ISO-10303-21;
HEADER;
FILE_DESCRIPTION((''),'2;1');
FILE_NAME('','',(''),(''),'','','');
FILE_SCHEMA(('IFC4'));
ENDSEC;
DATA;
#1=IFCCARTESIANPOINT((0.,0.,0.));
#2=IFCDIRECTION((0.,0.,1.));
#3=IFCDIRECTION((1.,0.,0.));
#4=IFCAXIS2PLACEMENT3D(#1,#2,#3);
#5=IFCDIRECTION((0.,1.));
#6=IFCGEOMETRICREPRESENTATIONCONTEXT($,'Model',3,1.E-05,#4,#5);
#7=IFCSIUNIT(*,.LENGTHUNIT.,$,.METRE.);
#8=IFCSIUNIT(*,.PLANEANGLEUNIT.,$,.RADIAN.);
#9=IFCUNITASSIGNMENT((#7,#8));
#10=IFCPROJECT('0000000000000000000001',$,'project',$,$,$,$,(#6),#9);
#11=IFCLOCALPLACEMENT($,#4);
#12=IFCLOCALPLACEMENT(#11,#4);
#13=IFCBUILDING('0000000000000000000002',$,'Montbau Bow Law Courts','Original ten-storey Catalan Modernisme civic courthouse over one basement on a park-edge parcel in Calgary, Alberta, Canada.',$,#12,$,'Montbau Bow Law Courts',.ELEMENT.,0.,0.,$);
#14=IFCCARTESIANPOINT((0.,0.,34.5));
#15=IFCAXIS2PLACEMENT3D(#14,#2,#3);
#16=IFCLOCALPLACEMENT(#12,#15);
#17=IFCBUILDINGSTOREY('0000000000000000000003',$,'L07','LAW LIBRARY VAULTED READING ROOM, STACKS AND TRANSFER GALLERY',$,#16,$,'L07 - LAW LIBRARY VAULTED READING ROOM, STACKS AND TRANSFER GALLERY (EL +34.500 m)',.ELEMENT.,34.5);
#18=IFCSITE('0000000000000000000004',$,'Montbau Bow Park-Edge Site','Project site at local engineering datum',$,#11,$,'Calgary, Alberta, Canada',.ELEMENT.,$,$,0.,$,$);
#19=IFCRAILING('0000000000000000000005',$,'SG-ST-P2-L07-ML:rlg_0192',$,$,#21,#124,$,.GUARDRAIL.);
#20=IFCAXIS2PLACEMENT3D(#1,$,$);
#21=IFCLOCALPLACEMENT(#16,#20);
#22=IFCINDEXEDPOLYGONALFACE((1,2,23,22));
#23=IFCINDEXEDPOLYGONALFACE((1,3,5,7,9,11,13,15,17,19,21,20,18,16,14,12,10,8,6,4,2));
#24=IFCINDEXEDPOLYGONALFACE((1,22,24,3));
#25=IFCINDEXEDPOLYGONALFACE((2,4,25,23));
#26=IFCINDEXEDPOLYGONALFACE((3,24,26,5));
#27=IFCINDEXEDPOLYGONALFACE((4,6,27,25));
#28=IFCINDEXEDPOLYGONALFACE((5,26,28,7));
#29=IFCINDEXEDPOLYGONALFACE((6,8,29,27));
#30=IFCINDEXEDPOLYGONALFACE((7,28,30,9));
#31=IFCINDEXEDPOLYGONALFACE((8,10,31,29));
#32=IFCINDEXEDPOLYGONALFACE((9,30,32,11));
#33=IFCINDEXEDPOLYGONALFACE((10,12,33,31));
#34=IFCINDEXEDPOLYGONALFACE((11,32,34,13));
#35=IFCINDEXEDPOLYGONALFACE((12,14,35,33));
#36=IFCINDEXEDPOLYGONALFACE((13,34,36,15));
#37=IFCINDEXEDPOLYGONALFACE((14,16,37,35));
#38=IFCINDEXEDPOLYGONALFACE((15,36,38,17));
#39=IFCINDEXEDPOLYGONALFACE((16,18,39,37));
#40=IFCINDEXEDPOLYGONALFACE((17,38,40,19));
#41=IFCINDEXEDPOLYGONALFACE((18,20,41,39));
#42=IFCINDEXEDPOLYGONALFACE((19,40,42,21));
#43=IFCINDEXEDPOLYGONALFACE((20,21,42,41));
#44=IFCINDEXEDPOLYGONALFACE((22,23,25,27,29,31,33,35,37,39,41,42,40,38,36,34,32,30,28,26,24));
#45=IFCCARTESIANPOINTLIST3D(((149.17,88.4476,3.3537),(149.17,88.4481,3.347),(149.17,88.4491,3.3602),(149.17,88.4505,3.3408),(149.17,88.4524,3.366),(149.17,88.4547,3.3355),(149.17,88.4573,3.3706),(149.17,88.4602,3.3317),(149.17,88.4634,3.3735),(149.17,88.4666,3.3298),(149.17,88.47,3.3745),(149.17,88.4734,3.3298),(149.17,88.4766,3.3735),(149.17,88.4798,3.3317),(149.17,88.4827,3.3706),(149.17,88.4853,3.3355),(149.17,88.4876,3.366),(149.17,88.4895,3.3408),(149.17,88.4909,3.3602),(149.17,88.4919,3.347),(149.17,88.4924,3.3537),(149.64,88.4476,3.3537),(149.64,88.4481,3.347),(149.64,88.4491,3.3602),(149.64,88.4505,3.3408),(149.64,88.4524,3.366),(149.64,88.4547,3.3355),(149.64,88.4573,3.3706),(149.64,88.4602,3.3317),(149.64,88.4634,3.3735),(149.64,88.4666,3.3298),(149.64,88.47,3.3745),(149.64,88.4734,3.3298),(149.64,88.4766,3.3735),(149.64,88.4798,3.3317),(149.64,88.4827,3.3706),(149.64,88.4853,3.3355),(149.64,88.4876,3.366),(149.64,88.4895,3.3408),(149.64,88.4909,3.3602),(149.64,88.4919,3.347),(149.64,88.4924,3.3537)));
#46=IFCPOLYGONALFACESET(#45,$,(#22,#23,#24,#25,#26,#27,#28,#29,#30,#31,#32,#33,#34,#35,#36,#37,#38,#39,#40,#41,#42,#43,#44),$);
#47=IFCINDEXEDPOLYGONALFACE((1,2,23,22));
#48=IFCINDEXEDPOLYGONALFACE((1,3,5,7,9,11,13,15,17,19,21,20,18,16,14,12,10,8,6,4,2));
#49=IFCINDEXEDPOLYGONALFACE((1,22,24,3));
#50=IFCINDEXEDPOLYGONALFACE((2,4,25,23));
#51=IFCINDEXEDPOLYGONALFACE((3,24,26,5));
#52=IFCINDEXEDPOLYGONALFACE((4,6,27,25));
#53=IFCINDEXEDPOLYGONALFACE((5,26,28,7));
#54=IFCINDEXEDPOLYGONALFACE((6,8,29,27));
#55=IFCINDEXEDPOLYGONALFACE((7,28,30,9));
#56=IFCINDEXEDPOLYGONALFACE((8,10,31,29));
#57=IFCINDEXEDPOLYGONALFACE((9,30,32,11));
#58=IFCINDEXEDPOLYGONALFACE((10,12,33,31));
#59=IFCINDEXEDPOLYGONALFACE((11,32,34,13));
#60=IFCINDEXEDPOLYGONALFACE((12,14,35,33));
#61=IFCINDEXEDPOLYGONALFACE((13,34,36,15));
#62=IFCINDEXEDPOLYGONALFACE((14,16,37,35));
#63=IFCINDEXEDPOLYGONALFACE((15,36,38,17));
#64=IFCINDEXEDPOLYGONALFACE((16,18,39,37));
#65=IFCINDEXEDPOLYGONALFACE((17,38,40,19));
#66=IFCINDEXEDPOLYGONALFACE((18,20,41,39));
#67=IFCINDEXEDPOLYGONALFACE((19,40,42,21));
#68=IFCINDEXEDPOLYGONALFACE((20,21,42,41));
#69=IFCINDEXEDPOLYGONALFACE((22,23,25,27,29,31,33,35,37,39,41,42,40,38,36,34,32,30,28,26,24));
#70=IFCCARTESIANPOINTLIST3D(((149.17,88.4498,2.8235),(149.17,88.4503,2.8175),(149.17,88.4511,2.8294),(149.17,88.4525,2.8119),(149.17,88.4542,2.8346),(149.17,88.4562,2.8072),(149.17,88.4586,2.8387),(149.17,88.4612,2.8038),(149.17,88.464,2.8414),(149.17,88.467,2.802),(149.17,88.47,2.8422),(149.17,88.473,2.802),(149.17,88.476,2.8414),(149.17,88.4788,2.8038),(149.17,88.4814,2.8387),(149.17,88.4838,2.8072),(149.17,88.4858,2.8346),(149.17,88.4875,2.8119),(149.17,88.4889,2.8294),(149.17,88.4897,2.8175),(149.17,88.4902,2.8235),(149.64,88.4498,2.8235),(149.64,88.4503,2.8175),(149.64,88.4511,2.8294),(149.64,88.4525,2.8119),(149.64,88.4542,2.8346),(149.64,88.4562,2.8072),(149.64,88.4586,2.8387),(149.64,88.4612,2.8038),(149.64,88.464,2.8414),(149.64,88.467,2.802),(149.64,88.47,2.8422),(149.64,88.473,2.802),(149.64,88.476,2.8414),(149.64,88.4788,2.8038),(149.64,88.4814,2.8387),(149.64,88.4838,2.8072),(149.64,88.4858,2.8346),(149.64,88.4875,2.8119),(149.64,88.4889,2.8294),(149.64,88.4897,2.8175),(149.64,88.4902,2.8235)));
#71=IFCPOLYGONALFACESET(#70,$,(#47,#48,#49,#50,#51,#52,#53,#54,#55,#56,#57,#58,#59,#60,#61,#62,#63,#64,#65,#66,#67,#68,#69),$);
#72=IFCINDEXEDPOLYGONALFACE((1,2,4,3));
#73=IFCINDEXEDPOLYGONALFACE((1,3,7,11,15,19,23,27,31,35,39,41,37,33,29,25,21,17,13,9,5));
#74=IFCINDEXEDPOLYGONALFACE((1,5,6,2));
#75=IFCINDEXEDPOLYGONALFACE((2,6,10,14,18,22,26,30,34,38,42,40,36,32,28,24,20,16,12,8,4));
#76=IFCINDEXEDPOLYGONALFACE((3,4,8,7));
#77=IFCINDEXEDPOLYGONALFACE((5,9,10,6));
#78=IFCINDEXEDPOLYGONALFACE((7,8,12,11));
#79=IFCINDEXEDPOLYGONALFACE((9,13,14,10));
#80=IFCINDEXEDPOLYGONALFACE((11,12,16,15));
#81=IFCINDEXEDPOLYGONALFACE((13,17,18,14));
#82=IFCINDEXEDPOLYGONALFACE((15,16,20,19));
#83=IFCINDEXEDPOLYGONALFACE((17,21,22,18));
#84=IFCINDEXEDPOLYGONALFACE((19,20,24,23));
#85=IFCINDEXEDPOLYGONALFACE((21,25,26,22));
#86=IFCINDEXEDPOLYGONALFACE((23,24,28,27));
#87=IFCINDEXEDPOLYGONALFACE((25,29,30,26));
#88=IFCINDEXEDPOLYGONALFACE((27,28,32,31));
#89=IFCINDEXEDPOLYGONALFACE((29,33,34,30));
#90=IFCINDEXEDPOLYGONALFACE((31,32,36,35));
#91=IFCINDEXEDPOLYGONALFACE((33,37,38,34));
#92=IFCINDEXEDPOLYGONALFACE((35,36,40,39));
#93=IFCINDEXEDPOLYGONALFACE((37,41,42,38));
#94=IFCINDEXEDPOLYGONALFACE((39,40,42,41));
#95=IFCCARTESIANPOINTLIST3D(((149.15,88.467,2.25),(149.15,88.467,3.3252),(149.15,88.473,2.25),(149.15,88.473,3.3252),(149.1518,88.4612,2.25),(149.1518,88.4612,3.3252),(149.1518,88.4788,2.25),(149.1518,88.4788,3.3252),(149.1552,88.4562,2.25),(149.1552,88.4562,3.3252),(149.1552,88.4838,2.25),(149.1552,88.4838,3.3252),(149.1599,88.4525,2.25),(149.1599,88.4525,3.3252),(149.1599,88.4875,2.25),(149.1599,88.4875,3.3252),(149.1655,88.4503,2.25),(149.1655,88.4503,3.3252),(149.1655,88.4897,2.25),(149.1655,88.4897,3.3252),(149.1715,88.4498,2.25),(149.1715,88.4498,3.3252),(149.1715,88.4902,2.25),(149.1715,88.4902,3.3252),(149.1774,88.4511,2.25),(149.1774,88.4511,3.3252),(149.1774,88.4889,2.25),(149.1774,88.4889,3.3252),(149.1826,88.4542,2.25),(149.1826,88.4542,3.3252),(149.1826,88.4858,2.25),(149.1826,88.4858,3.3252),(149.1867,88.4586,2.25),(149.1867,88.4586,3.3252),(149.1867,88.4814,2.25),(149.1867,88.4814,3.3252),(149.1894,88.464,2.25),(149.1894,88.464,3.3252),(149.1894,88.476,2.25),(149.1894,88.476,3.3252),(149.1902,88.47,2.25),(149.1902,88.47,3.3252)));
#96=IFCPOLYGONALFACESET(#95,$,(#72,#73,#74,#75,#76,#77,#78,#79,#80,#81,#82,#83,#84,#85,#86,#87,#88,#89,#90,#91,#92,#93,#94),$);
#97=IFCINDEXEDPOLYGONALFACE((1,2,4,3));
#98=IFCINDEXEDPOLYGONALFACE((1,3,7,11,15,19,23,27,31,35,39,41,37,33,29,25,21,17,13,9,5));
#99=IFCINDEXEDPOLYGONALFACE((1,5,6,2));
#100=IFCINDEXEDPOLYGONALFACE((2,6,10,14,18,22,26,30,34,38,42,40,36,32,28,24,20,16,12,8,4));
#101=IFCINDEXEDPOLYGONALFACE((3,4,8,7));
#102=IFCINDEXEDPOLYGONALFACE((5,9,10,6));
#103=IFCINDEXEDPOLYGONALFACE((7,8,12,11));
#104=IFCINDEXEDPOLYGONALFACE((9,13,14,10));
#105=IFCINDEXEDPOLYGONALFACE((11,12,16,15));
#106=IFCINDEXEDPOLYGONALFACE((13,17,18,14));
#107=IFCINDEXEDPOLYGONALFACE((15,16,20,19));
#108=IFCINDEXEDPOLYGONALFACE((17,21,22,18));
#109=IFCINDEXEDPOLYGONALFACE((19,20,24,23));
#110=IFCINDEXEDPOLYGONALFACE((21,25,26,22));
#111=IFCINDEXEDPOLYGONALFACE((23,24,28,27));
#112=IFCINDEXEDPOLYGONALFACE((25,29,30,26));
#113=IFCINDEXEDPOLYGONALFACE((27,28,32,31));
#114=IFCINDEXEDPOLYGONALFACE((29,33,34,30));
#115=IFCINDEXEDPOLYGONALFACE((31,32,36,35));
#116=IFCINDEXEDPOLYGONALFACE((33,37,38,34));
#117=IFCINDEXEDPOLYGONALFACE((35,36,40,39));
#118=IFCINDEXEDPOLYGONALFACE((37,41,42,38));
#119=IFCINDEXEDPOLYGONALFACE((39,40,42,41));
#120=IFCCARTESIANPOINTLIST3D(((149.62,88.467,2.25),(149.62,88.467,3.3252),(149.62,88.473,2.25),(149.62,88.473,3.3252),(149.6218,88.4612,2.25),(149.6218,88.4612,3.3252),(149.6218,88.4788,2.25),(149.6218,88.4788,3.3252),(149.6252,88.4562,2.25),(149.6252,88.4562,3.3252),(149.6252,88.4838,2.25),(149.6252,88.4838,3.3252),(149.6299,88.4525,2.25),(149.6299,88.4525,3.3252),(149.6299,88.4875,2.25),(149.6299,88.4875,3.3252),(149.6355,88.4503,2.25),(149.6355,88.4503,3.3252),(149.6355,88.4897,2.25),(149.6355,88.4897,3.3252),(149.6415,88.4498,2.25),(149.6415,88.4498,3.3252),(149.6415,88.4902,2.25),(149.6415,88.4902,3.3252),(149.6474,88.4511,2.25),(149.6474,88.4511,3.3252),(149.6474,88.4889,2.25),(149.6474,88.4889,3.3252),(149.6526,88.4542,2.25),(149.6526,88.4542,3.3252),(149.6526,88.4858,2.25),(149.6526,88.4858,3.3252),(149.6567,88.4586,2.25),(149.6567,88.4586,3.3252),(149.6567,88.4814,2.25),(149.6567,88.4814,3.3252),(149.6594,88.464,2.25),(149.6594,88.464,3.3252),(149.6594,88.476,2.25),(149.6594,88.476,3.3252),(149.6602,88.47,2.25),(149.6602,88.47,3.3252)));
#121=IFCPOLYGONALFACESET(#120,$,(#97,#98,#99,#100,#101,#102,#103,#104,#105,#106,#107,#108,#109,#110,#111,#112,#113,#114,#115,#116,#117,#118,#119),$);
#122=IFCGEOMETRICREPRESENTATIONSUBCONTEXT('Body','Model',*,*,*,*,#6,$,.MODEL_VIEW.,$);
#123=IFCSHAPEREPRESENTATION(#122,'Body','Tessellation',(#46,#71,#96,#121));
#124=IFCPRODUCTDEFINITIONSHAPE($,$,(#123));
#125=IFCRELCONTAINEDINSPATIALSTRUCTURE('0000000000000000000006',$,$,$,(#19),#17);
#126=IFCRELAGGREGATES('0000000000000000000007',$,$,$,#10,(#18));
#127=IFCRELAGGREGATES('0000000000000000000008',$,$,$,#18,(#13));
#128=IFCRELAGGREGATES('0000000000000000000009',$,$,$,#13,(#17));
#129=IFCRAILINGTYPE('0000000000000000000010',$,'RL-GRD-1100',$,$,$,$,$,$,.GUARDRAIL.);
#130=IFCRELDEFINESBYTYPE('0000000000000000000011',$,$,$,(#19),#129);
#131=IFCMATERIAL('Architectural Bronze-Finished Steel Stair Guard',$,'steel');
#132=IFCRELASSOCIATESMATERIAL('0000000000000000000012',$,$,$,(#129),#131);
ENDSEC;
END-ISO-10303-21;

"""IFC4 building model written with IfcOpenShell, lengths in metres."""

from ifc_helpers import new_model, si_unit, direction, frame, origin_with_axes, origin_2d_with_axis, place, context, subcontext, project, spatial, circle, extrude, material, type_object, element, save


model = new_model("IFC4")

# Units and contexts
model_context = context("Model", 3, precision=1e-05, world=origin_with_axes(), true_north=direction((0.0, 1.0)))
body_context = subcontext(model_context, "Body", "Model", "MODEL_VIEW")
ifc_project = project(units=[si_unit("LENGTHUNIT", "METRE"), si_unit("PLANEANGLEUNIT", "RADIAN")], contexts=[model_context])

# Site, building, storey
site_placement = place(None, origin_with_axes())
site = spatial("IfcSite", under=ifc_project, at=site_placement, Name="Montbau Bow Park-Edge Site", Description="Project site at local engineering datum", LongName="Calgary, Alberta, Canada", CompositionType="ELEMENT", RefElevation=0.0)
building_placement = place(site_placement, origin_with_axes())
building = spatial("IfcBuilding", under=site, at=building_placement, Name="Montbau Bow Law Courts", Description="Original ten-storey Catalan Modernisme civic courthouse over one basement on a park-edge parcel in Calgary, Alberta, Canada.", LongName="Montbau Bow Law Courts", CompositionType="ELEMENT", ElevationOfRefHeight=0.0, ElevationOfTerrain=0.0)
storey_placement = place(building_placement, frame((0.0, 0.0, 34.5), z_axis=(0.0, 0.0, 1.0), x_axis=(1.0, 0.0, 0.0)))
storey = spatial("IfcBuildingStorey", under=building, at=storey_placement, Name="L07", Description="LAW LIBRARY VAULTED READING ROOM, STACKS AND TRANSFER GALLERY", LongName="L07 - LAW LIBRARY VAULTED READING ROOM, STACKS AND TRANSFER GALLERY (EL +34.500 m)", CompositionType="ELEMENT", Elevation=34.5)

# Railing
ifc_material_1 = material(Name="Architectural Bronze-Finished Steel Stair Guard", Category="steel")
railing_type_1 = type_object("IfcRailingType", Name="RL-GRD-1100", PredefinedType="GUARDRAIL", material=ifc_material_1)
railing_1_placement = place(None, origin_with_axes())
element("IfcRailing", 1, at=railing_1_placement, inside=storey, type_object=railing_type_1, Name="SG-ST-P2-L07-ML:rlg_0192", PredefinedType="GUARDRAIL", context=body_context, shape_type="SweptSolid", body=[
    extrude(circle(Radius=0.0225, at=origin_2d_with_axis()), frame((149.17, 88.47, 37.852), z_axis=(1.0, 0.0, 0.0), x_axis=(0.0, 0.0, 1.0)), (0.0, 0.0, 1.0), 0.47),
    extrude(circle(Radius=0.0203, at=origin_2d_with_axis()), frame((149.17, 88.47, 37.322), z_axis=(1.0, 0.0, 0.0), x_axis=(0.0, 0.0, 1.0)), (0.0, 0.0, 1.0), 0.47),
    extrude(circle(Radius=0.0203, at=origin_2d_with_axis()), frame((149.17, 88.47, 36.75), z_axis=(0.0, 0.0, 1.0), x_axis=(1.0, 0.0, 0.0)), (0.0, 0.0, 1.0), 1.0753),
    extrude(circle(Radius=0.0203, at=origin_2d_with_axis()), frame((149.64, 88.47, 36.75), z_axis=(0.0, 0.0, 1.0), x_axis=(1.0, 0.0, 0.0)), (0.0, 0.0, 1.0), 1.0753),
])

save(model, "model.ifc")
